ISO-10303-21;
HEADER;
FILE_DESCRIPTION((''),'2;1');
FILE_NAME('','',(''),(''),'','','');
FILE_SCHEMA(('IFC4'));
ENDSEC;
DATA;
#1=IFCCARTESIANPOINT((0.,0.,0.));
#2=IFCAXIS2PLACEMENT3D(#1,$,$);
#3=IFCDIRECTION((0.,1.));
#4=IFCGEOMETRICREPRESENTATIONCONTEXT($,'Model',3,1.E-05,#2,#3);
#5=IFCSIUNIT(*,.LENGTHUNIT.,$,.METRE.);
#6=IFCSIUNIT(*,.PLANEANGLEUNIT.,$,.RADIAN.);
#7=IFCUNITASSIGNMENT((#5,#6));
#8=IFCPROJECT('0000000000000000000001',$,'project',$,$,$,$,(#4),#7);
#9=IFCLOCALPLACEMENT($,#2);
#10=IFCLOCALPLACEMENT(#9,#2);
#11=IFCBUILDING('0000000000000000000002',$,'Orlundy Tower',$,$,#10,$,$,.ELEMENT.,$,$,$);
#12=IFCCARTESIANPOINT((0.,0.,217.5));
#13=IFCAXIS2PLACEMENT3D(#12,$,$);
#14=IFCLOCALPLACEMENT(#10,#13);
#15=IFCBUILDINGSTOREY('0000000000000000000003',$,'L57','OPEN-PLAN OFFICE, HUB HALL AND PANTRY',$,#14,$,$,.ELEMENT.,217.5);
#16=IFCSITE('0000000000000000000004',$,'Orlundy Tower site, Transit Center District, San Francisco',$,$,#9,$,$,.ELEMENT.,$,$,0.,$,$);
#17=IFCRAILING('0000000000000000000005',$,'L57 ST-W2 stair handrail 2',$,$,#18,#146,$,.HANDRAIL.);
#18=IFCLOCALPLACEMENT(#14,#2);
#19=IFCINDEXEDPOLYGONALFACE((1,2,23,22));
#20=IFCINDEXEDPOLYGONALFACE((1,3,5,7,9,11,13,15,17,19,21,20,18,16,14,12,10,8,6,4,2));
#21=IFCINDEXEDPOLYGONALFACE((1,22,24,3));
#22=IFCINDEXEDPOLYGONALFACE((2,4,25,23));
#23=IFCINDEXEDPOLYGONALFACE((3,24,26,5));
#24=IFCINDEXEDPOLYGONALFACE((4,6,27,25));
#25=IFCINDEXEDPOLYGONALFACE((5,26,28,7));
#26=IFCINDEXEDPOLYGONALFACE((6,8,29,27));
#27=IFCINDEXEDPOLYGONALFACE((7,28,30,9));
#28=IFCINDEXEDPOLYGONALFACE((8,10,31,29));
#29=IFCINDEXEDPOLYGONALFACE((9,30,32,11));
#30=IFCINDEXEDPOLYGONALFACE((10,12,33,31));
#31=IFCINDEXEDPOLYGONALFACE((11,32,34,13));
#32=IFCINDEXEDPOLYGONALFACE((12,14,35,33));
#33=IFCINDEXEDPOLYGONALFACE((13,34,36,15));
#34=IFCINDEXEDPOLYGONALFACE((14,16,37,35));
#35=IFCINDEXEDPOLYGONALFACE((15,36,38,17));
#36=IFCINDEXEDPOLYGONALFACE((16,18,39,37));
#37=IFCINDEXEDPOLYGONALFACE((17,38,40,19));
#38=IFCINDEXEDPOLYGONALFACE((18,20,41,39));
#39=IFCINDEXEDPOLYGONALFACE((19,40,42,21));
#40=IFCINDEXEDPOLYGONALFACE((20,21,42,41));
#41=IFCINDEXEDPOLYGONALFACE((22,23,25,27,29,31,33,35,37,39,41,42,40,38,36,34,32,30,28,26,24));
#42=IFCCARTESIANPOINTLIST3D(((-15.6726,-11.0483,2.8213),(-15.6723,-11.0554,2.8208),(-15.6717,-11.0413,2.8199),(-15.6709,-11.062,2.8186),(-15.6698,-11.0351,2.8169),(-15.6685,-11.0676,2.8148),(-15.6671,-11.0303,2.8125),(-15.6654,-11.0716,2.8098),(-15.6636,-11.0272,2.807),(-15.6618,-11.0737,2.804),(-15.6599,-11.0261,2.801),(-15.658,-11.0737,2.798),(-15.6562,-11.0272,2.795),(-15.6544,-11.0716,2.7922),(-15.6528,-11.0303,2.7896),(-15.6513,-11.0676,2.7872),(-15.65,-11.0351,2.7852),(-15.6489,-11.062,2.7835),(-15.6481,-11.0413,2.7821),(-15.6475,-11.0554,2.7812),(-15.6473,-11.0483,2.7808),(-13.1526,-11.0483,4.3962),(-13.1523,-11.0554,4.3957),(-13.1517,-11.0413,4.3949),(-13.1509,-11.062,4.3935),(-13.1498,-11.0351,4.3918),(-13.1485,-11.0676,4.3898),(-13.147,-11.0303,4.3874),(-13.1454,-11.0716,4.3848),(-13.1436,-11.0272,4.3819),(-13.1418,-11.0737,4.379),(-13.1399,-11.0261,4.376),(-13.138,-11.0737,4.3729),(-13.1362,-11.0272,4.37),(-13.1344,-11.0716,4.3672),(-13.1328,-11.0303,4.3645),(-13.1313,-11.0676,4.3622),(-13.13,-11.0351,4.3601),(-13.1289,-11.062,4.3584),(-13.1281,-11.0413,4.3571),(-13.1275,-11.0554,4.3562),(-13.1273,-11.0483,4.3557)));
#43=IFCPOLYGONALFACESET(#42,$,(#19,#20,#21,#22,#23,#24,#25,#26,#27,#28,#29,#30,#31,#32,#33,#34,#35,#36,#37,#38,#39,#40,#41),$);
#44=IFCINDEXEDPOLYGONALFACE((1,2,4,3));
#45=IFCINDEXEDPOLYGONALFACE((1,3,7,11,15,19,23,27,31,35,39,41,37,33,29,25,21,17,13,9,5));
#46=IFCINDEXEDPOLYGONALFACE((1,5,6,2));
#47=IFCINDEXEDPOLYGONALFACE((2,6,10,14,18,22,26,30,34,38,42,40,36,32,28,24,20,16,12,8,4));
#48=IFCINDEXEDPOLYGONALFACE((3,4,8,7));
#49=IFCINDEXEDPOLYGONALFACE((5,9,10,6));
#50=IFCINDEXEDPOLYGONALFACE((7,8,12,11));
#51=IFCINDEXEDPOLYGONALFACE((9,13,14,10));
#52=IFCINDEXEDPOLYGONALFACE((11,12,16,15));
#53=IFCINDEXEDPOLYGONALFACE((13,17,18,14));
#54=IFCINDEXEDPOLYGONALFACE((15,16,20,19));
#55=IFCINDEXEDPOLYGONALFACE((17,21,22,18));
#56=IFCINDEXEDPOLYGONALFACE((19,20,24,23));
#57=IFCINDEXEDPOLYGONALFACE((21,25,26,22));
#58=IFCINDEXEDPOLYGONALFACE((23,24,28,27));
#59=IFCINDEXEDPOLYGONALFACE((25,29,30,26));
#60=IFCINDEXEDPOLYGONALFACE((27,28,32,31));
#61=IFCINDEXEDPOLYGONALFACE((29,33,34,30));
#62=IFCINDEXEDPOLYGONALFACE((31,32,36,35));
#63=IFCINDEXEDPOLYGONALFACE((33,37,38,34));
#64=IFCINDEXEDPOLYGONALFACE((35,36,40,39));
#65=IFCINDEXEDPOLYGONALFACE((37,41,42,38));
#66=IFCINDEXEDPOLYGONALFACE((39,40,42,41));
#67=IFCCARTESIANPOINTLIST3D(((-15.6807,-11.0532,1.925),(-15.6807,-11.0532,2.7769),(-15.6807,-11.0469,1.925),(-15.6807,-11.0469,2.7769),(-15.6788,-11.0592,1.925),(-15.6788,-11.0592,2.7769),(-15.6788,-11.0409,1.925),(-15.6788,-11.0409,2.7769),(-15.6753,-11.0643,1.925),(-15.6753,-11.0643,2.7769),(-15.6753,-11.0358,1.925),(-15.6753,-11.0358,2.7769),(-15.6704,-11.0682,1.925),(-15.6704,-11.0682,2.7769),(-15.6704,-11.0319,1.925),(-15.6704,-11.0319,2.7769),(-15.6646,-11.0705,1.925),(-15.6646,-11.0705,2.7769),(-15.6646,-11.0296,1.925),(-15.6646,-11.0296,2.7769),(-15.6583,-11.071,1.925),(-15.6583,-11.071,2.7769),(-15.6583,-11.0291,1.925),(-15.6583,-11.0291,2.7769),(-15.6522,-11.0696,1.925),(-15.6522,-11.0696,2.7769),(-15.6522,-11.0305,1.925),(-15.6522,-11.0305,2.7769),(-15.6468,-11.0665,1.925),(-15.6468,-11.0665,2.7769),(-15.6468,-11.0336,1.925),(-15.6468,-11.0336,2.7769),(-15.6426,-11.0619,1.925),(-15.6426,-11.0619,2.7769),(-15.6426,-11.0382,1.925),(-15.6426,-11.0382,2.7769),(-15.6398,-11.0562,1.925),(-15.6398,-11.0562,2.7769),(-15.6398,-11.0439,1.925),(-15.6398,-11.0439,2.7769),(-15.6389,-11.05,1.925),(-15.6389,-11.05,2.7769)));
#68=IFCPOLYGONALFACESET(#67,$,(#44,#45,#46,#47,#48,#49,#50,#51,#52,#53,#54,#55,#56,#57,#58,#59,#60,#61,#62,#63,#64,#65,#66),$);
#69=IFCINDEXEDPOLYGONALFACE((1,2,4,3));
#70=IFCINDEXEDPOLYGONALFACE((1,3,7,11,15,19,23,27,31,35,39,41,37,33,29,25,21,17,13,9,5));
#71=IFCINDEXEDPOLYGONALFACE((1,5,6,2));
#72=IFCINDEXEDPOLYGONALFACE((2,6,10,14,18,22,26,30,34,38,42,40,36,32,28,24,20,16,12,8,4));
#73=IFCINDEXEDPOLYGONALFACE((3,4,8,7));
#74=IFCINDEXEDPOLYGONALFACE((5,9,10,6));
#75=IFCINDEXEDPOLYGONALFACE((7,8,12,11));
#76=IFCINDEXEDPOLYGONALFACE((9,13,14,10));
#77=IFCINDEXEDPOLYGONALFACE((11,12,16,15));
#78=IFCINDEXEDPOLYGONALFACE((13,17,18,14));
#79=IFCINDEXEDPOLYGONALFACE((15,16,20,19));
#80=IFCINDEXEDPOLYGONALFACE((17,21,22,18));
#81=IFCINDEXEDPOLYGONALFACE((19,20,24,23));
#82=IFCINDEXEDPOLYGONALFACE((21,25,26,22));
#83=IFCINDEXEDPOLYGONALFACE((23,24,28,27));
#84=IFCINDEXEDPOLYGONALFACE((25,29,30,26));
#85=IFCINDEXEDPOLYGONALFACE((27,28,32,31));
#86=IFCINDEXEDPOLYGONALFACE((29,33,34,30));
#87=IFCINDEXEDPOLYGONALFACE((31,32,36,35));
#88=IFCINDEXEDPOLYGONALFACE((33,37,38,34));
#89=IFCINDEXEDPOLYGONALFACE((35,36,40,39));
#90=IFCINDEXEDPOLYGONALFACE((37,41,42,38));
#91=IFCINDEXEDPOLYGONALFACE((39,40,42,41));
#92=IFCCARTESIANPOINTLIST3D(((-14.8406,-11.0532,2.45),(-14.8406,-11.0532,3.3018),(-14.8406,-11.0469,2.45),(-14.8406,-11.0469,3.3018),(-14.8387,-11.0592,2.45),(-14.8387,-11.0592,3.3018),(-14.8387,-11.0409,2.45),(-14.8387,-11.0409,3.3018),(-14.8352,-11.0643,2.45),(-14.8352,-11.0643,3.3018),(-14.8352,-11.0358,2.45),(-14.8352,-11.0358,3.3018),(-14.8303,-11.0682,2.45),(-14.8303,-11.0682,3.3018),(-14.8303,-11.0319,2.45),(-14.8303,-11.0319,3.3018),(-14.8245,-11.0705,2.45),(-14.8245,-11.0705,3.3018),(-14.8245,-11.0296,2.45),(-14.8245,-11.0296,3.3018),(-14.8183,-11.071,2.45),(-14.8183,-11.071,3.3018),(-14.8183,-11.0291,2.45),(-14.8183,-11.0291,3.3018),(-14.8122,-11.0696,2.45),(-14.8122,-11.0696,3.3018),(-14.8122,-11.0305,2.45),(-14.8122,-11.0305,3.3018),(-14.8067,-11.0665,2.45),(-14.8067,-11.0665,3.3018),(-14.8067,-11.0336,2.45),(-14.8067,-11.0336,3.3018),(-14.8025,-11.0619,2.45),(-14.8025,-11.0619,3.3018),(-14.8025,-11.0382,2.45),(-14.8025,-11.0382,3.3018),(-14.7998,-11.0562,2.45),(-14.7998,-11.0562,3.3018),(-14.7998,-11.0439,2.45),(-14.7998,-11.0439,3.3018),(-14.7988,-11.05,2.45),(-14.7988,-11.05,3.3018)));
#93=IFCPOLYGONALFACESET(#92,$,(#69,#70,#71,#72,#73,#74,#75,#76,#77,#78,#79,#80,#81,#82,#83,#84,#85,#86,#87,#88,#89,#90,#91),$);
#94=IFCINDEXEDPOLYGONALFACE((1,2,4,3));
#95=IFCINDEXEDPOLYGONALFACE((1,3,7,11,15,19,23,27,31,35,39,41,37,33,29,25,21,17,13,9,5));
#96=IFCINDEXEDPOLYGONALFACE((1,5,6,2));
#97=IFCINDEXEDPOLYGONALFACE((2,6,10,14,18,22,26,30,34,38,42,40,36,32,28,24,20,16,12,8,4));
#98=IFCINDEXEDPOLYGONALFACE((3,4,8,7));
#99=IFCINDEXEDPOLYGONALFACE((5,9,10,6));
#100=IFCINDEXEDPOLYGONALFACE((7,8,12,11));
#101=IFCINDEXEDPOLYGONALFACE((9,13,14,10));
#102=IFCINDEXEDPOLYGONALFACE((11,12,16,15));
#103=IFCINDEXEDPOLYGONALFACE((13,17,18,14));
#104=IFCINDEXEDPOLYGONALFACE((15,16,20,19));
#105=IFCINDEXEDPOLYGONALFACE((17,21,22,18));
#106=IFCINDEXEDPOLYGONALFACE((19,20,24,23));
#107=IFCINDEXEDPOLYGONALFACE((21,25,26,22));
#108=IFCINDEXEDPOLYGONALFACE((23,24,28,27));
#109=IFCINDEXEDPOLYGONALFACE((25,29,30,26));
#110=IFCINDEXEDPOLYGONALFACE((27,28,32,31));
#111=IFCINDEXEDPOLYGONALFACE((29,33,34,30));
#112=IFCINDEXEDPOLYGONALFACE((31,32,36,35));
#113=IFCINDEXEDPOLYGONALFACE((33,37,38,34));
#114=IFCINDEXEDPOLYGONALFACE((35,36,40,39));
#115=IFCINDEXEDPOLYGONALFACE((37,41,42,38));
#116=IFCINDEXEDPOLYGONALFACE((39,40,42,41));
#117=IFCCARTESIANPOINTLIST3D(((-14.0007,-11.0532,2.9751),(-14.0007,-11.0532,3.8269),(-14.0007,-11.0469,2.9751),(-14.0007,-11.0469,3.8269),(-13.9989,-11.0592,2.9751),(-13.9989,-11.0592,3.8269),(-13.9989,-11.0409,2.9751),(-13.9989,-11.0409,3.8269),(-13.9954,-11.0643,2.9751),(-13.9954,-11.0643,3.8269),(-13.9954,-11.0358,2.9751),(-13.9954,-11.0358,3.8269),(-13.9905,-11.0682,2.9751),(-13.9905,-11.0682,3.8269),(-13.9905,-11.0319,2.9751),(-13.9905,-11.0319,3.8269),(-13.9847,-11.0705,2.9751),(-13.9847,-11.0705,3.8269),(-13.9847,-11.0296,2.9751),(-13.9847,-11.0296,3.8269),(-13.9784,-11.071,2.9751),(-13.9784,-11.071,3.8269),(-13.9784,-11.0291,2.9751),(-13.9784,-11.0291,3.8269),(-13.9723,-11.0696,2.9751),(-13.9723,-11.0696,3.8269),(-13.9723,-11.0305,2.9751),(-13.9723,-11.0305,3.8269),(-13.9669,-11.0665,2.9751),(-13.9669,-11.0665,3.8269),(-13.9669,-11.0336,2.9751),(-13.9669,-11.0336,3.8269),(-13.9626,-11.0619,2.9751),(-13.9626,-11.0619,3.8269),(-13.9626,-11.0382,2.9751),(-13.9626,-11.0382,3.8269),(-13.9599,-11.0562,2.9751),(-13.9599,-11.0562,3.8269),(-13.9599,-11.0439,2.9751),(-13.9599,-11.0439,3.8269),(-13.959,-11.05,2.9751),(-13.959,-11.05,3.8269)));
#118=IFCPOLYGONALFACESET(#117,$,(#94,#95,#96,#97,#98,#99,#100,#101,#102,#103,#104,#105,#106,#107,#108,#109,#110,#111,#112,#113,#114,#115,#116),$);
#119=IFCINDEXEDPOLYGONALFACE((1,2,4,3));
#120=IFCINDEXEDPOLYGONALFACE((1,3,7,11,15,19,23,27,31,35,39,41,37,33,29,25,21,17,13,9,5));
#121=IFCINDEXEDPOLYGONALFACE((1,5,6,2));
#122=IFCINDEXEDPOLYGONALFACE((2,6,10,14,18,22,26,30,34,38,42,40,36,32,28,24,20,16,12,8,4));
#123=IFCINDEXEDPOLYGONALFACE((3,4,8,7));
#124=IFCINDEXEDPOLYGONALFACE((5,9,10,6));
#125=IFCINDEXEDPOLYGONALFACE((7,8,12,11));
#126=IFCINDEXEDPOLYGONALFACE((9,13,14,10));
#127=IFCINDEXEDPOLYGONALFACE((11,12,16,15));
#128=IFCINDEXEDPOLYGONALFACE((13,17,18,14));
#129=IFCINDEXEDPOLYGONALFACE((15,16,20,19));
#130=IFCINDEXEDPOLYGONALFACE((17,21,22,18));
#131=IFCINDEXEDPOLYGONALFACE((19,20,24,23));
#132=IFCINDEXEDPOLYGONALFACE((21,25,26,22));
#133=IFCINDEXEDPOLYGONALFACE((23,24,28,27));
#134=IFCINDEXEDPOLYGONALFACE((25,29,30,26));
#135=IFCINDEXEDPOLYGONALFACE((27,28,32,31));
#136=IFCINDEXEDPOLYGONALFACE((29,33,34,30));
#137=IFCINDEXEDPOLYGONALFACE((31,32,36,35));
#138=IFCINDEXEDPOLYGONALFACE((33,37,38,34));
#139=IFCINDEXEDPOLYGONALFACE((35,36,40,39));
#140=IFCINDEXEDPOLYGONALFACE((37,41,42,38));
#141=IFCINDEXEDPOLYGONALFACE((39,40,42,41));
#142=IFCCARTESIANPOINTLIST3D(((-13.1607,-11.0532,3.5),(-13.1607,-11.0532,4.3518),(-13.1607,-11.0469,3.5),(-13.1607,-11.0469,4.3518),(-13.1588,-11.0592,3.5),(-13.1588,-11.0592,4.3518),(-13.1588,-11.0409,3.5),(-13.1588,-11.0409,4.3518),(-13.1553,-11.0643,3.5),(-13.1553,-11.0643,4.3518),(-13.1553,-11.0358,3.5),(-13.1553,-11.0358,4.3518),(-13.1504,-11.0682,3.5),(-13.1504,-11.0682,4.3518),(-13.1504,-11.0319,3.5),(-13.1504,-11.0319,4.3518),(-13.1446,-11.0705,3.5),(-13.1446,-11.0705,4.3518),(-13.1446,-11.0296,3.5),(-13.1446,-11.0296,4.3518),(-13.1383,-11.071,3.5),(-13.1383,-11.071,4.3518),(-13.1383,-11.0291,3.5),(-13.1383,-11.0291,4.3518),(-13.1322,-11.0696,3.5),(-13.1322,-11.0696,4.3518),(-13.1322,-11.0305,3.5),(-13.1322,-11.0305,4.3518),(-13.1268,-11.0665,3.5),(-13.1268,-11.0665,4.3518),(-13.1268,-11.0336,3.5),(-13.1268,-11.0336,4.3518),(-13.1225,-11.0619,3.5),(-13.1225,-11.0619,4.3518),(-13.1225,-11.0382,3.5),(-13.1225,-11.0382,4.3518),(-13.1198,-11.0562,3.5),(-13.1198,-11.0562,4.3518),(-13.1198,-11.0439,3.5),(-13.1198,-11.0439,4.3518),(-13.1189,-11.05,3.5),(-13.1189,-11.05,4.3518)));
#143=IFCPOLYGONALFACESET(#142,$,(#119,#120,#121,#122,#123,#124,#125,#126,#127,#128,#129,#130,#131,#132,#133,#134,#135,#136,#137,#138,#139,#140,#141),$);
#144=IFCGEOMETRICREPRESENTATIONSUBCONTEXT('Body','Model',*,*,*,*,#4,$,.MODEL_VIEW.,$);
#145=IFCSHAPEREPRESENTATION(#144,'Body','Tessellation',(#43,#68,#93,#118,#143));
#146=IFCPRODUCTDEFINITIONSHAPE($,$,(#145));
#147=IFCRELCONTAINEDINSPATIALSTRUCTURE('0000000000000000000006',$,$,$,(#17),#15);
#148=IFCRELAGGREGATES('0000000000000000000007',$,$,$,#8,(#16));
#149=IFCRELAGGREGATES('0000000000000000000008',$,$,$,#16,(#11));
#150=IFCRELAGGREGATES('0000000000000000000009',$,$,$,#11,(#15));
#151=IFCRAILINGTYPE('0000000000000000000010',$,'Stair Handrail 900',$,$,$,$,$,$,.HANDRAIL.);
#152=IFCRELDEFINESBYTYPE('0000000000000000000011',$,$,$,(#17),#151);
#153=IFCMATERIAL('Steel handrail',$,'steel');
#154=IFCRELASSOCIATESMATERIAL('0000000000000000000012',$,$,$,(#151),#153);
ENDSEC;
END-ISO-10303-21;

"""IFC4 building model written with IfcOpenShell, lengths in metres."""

from ifc_helpers import new_model, si_unit, direction, frame, origin, origin_2d, place, context, subcontext, project, spatial, circle, extrude, material, type_object, element, save


model = new_model("IFC4")

# Units and contexts
model_context = context("Model", 3, precision=1e-05, world=origin(), true_north=direction((0.0, 1.0)))
body_context = subcontext(model_context, "Body", "Model", "MODEL_VIEW")
ifc_project = project(units=[si_unit("LENGTHUNIT", "METRE"), si_unit("PLANEANGLEUNIT", "RADIAN")], contexts=[model_context])

# Site, building, storey
site_placement = place(None, origin())
site = spatial("IfcSite", under=ifc_project, at=site_placement, Name="Orlundy Tower site, Transit Center District, San Francisco", CompositionType="ELEMENT", RefElevation=0.0)
building_placement = place(site_placement, origin())
building = spatial("IfcBuilding", under=site, at=building_placement, Name="Orlundy Tower", CompositionType="ELEMENT")
storey_placement = place(building_placement, frame((0.0, 0.0, 217.5)))
storey = spatial("IfcBuildingStorey", under=building, at=storey_placement, Name="L57", Description="OPEN-PLAN OFFICE, HUB HALL AND PANTRY", CompositionType="ELEMENT", Elevation=217.5)

# Railing
ifc_material_1 = material(Name="Steel handrail", Category="steel")
railing_type_1 = type_object("IfcRailingType", Name="Stair Handrail 900", PredefinedType="HANDRAIL", material=ifc_material_1)
railing_1_placement = place(storey_placement, frame((-15.6599, -11.05, 1.925)))
element("IfcRailing", 1, at=railing_1_placement, inside=storey, type_object=railing_type_1, Name="L57 ST-W2 stair handrail 2", PredefinedType="HANDRAIL", context=body_context, shape_type="SweptSolid", body=[
    extrude(circle(Radius=0.0239, at=origin_2d()), frame((0.0, 0.0, 0.876), z_axis=(0.848008, 0.0, 0.529984), x_axis=(0.0, 1.0, 0.0)), (0.0, 0.0, 1.0), 2.9717),
    extrude(circle(Radius=0.021, at=origin_2d()), origin(), (0.0, 0.0, 1.0), 0.8518),
    extrude(circle(Radius=0.021, at=origin_2d()), frame((0.8401, 0.0, 0.5249)), (0.0, 0.0, 1.0), 0.8518),
    extrude(circle(Radius=0.021, at=origin_2d()), frame((1.6799, 0.0, 1.05)), (0.0, 0.0, 1.0), 0.8518),
    extrude(circle(Radius=0.021, at=origin_2d()), frame((2.52, 0.0, 1.575)), (0.0, 0.0, 1.0), 0.8518),
])

save(model, "model.ifc")
